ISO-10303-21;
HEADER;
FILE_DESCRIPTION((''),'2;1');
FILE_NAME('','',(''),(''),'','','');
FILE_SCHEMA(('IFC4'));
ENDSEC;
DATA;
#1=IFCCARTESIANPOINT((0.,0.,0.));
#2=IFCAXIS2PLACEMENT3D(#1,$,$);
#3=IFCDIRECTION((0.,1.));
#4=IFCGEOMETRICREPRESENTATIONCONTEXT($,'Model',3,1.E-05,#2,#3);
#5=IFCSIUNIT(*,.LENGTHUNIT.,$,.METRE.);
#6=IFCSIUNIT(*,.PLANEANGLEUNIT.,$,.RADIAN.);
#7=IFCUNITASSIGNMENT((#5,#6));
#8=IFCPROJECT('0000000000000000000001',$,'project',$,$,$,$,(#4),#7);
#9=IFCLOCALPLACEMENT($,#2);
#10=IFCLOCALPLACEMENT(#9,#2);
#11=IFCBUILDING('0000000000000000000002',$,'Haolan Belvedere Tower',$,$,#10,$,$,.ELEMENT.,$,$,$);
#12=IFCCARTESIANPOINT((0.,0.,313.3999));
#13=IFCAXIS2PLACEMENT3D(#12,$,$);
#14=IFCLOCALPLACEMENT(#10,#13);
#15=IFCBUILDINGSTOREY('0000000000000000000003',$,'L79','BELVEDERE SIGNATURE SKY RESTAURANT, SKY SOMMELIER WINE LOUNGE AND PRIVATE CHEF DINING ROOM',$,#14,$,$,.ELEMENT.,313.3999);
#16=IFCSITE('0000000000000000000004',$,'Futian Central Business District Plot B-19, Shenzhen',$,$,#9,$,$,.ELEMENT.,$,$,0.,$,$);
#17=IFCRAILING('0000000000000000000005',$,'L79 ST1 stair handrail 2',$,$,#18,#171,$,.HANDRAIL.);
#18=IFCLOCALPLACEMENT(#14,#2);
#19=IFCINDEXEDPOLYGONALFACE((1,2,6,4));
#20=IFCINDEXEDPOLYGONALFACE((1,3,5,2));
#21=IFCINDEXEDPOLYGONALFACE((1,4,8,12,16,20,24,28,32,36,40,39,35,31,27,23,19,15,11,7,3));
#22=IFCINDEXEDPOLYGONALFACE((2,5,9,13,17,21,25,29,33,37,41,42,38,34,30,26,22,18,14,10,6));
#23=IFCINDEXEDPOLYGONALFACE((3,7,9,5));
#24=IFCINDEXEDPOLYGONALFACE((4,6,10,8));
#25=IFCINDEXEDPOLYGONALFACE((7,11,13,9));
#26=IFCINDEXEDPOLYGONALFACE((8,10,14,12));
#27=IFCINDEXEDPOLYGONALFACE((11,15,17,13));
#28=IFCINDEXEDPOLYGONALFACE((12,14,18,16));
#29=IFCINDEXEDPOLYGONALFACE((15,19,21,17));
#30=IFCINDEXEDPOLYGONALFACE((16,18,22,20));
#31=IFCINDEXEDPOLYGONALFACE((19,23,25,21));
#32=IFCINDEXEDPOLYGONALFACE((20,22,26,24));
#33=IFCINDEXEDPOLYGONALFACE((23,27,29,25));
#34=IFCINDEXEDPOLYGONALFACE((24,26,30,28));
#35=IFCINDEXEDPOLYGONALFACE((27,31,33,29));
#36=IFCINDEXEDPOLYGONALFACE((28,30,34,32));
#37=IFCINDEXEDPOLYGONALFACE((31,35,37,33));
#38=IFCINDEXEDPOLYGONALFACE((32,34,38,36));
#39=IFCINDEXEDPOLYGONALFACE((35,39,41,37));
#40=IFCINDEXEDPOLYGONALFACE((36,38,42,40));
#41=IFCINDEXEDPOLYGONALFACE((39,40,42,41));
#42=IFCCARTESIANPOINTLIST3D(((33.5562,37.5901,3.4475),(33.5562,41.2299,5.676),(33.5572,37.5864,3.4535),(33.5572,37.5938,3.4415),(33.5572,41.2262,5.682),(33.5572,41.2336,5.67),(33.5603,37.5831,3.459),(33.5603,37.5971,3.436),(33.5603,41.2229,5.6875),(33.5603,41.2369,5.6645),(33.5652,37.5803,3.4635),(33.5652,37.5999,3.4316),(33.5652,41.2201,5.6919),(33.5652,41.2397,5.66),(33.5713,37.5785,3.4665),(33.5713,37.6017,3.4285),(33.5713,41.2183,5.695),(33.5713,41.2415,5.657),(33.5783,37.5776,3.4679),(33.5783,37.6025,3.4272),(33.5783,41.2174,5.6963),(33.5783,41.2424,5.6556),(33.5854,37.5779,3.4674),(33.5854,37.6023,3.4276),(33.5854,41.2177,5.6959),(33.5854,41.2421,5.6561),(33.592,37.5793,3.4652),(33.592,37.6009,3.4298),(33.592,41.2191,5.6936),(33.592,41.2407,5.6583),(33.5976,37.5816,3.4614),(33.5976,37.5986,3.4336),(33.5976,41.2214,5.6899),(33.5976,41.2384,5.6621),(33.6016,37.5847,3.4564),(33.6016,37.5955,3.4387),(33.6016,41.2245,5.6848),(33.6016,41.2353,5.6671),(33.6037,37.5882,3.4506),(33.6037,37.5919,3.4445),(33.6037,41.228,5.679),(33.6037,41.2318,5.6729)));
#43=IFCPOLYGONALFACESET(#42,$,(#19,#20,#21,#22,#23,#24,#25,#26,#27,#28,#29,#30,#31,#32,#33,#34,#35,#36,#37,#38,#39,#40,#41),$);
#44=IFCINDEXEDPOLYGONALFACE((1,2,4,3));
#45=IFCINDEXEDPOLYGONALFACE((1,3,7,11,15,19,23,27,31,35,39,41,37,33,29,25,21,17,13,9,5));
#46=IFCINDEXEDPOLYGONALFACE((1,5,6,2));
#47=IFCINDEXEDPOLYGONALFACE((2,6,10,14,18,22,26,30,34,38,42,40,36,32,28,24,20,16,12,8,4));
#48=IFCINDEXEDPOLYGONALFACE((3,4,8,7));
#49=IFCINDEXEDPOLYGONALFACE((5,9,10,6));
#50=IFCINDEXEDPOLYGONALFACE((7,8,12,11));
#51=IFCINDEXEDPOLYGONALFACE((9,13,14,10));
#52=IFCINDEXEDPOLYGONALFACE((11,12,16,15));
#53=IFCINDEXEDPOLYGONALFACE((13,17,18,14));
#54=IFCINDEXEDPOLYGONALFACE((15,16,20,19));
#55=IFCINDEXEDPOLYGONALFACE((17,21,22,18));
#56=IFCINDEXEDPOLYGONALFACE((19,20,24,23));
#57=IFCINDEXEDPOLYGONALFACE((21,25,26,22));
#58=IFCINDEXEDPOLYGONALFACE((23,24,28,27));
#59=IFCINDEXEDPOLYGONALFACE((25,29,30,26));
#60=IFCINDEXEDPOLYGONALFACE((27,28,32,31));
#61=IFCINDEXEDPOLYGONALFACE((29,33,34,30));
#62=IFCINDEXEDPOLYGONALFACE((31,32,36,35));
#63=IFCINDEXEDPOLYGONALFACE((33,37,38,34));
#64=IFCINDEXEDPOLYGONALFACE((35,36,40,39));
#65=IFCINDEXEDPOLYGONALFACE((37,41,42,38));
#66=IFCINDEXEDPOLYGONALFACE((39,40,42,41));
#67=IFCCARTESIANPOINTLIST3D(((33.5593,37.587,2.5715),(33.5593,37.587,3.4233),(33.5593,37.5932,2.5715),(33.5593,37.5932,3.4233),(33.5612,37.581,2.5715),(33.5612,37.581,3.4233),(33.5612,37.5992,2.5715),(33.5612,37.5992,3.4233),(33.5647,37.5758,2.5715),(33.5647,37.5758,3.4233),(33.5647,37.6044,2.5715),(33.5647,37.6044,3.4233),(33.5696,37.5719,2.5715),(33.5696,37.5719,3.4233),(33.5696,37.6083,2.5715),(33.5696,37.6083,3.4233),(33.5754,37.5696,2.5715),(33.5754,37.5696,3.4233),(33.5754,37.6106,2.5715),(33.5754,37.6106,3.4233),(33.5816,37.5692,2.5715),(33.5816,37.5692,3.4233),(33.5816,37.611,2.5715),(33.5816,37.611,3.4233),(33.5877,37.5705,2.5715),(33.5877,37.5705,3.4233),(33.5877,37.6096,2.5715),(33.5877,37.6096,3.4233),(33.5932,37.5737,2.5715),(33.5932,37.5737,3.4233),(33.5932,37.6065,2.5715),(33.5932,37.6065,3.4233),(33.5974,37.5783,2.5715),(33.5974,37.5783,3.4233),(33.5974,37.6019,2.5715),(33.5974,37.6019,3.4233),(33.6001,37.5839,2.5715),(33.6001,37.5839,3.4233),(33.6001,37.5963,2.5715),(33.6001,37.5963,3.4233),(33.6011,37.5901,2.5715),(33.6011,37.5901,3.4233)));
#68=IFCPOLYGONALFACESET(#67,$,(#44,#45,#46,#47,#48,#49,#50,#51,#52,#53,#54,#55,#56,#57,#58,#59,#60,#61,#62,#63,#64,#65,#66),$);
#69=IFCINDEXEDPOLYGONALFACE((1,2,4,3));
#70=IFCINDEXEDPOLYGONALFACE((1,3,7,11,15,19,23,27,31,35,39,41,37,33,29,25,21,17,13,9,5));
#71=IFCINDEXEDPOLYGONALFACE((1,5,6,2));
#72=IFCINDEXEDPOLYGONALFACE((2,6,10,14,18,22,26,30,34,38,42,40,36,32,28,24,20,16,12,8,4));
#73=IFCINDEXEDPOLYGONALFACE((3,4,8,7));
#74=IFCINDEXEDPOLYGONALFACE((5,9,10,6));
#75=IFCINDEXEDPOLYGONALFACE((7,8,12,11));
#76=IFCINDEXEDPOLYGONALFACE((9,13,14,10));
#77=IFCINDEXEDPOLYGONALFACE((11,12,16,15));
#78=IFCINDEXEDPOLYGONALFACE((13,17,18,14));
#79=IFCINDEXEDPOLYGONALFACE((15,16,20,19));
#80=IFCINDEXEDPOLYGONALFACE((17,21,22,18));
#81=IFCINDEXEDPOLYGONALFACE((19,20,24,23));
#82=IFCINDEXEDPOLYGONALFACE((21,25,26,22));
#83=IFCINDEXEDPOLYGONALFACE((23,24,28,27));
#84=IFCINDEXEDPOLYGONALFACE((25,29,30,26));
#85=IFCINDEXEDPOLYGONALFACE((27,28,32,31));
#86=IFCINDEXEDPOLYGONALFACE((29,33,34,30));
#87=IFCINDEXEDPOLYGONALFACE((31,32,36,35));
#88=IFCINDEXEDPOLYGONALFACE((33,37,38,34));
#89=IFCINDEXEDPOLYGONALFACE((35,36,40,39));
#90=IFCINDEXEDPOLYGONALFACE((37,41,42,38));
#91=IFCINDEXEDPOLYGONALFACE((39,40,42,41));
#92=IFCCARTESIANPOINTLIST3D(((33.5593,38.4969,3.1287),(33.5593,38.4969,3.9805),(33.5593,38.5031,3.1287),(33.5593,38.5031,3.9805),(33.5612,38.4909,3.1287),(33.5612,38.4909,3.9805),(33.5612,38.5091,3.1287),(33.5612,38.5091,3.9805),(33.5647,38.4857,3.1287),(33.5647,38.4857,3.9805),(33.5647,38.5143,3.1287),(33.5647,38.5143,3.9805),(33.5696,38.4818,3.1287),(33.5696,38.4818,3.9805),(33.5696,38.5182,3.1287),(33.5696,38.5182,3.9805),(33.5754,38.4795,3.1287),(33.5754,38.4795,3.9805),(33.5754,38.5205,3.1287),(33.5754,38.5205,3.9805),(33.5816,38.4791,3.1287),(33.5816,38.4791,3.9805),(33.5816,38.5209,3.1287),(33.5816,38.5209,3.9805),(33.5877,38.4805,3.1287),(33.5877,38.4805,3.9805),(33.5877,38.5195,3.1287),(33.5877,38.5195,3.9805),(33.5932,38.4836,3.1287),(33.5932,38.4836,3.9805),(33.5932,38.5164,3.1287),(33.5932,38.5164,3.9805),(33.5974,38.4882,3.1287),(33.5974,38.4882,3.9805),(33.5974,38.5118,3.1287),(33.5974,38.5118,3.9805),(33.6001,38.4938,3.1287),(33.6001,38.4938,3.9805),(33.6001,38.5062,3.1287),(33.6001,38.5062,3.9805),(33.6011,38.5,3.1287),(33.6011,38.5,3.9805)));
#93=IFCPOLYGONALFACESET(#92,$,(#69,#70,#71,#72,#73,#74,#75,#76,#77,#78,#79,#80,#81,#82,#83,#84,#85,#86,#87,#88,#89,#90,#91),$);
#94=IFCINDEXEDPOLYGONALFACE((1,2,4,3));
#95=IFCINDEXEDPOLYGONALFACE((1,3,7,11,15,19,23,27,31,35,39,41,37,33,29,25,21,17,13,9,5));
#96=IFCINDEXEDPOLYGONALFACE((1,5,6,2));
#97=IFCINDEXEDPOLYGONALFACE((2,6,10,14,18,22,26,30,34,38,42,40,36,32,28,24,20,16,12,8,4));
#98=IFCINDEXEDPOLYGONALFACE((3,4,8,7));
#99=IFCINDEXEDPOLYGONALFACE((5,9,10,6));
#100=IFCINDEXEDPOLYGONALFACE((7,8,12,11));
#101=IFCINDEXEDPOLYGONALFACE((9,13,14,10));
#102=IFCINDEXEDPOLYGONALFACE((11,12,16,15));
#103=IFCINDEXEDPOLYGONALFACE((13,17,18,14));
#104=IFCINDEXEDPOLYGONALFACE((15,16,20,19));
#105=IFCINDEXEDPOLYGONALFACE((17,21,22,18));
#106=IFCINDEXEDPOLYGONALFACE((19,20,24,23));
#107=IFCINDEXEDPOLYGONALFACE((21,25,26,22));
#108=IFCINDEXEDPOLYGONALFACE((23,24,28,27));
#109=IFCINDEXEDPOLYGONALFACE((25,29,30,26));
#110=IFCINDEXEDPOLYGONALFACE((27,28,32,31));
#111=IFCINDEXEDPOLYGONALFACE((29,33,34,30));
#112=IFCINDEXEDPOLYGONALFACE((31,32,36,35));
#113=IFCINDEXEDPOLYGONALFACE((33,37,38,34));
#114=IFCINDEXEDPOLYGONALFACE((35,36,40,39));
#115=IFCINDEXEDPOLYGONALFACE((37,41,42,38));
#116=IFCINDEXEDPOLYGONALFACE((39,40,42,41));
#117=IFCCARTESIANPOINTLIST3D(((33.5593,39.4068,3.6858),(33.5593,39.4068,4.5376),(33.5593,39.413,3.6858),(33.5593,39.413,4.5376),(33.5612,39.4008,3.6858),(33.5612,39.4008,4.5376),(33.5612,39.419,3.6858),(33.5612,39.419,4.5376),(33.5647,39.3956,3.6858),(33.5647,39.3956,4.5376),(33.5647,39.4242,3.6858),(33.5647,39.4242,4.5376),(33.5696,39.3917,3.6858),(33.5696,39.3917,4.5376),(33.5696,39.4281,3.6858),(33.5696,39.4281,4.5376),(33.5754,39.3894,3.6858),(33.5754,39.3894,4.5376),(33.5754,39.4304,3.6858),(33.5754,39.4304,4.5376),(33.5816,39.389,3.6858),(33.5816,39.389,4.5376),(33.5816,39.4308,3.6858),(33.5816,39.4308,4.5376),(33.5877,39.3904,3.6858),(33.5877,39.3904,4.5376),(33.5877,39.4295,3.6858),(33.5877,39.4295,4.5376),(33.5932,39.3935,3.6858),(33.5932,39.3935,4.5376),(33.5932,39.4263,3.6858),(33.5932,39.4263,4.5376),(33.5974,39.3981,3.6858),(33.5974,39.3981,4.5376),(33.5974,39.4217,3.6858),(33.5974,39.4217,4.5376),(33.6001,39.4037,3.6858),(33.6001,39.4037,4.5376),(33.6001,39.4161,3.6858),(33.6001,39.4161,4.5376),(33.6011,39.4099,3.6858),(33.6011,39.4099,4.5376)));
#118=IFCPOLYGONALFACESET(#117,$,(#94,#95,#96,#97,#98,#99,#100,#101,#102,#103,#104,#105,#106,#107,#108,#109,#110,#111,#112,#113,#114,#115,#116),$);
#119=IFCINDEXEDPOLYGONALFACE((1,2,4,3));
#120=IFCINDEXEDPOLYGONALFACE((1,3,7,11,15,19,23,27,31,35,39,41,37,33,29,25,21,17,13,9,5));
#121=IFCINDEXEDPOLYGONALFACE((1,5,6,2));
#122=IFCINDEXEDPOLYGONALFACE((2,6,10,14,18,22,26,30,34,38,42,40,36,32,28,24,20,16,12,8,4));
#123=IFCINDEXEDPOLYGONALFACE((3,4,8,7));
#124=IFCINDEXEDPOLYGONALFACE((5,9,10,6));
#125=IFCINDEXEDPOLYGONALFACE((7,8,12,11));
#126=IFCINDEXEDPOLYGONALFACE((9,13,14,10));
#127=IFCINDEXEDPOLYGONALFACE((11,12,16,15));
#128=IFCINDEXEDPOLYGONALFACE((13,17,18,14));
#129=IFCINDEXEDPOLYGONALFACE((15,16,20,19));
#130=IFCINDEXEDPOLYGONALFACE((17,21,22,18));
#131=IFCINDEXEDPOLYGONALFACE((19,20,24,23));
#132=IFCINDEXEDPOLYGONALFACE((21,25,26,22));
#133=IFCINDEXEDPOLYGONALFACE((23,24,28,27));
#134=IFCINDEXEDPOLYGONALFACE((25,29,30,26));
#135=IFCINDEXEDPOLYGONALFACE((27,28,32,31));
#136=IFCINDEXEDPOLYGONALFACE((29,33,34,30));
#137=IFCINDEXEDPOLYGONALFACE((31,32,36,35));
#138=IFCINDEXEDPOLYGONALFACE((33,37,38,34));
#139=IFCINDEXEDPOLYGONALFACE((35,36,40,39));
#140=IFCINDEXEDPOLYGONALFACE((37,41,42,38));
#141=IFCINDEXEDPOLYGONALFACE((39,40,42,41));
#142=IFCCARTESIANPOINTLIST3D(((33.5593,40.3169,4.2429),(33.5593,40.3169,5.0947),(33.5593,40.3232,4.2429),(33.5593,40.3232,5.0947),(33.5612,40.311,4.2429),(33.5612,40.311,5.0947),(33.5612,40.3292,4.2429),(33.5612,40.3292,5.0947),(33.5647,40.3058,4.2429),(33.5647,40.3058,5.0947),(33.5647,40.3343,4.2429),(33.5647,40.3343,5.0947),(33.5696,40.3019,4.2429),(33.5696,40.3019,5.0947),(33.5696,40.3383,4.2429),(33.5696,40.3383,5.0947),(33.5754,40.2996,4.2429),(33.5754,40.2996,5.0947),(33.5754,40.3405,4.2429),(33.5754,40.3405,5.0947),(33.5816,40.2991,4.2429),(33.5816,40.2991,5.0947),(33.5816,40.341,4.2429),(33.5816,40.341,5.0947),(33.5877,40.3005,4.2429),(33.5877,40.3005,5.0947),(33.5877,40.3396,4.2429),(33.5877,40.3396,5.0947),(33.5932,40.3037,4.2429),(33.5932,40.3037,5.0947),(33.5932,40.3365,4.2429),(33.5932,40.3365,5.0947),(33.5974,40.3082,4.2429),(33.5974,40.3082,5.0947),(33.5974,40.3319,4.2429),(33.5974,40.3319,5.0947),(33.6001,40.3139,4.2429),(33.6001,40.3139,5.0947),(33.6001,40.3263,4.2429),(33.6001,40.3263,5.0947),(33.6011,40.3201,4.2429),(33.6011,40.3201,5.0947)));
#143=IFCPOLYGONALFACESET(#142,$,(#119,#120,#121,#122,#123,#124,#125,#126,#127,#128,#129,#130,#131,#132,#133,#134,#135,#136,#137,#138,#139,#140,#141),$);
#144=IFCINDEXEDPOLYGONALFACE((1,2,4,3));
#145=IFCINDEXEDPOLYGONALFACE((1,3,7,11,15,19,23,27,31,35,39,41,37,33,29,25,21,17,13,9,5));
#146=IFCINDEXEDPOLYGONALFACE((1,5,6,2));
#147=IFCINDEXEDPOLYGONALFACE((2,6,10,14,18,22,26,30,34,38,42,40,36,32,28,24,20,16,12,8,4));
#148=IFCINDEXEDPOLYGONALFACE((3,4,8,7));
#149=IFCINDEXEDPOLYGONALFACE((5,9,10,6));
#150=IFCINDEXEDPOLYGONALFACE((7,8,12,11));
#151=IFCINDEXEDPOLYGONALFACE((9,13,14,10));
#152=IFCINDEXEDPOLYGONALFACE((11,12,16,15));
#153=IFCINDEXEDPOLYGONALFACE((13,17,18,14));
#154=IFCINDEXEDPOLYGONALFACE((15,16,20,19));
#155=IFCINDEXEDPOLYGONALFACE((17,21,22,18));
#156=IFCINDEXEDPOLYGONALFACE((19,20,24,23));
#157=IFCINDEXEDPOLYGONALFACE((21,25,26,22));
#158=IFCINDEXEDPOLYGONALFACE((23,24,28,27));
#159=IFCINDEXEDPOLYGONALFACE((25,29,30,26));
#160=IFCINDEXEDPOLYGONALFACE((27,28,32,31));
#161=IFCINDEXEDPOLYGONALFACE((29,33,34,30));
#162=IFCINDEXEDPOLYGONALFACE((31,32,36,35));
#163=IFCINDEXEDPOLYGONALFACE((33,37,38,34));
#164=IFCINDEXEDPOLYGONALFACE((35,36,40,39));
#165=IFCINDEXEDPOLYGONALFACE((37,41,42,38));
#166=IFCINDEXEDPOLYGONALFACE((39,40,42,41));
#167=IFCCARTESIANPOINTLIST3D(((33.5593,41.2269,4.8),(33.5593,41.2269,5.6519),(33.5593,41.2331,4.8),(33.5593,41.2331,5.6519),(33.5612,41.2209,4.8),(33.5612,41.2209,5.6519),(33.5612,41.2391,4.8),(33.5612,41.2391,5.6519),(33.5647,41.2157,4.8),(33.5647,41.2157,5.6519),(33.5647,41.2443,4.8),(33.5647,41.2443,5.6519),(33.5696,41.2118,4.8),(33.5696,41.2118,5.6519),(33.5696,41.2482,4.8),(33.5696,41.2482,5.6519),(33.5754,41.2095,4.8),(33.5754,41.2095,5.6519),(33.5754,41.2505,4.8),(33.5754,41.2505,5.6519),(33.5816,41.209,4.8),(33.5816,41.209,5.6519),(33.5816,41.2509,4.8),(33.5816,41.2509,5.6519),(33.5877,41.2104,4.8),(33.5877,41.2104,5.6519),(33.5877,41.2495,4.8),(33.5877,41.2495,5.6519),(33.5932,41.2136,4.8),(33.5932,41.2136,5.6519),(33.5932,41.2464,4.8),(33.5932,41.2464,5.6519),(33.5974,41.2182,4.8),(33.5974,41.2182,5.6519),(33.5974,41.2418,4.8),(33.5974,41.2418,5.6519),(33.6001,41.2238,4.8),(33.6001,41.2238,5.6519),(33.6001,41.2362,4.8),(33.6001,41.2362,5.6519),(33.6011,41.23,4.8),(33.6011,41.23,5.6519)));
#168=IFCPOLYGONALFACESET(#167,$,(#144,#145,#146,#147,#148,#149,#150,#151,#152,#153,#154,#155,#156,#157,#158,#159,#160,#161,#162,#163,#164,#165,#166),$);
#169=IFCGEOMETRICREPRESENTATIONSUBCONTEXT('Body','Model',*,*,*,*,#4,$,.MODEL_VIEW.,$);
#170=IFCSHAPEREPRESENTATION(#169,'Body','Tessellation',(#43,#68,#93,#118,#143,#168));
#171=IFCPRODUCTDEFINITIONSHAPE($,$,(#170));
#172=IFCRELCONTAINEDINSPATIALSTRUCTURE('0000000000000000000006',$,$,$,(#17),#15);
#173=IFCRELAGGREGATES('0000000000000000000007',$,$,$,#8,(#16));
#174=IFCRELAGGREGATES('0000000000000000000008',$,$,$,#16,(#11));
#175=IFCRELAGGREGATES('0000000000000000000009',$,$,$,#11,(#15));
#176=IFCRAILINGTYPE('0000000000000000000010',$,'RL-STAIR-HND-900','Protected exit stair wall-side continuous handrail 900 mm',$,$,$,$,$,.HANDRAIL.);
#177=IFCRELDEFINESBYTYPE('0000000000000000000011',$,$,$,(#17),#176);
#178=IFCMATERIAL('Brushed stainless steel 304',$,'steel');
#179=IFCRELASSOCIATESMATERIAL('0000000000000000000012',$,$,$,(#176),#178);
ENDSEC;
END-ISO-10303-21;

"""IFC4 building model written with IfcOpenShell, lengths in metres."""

from ifc_helpers import new_model, si_unit, direction, frame, origin, origin_2d, place, context, subcontext, project, spatial, circle, extrude, material, type_object, element, save


model = new_model("IFC4")

# Units and contexts
model_context = context("Model", 3, precision=1e-05, world=origin(), true_north=direction((0.0, 1.0)))
body_context = subcontext(model_context, "Body", "Model", "MODEL_VIEW")
ifc_project = project(units=[si_unit("LENGTHUNIT", "METRE"), si_unit("PLANEANGLEUNIT", "RADIAN")], contexts=[model_context])

# Site, building, storey
site_placement = place(None, origin())
site = spatial("IfcSite", under=ifc_project, at=site_placement, Name="Futian Central Business District Plot B-19, Shenzhen", CompositionType="ELEMENT", RefElevation=0.0)
building_placement = place(site_placement, origin())
building = spatial("IfcBuilding", under=site, at=building_placement, Name="Haolan Belvedere Tower", CompositionType="ELEMENT")
storey_placement = place(building_placement, frame((0.0, 0.0, 313.3999)))
storey = spatial("IfcBuildingStorey", under=building, at=storey_placement, Name="L79", Description="BELVEDERE SIGNATURE SKY RESTAURANT, SKY SOMMELIER WINE LOUNGE AND PRIVATE CHEF DINING ROOM", CompositionType="ELEMENT", Elevation=313.3999)

# Railing
ifc_material_1 = material(Name="Brushed stainless steel 304", Category="steel")
railing_type_1 = type_object("IfcRailingType", Name="RL-STAIR-HND-900", Description="Protected exit stair wall-side continuous handrail 900 mm", PredefinedType="HANDRAIL", material=ifc_material_1)
railing_1_placement = place(storey_placement, frame((33.5801, 37.5901, 2.5715)))
element("IfcRailing", 1, at=railing_1_placement, inside=storey, type_object=railing_type_1, Name="L79 ST1 stair handrail 2", PredefinedType="HANDRAIL", context=body_context, shape_type="SweptSolid", body=[
    extrude(circle(Radius=0.0239, at=origin_2d()), frame((0.0, 0.0, 0.876), z_axis=(0.0, 0.85285, 0.522156), x_axis=(-1.0, 0.0, 0.0)), (0.0, 0.0, 1.0), 4.2678),
    extrude(circle(Radius=0.021, at=origin_2d()), origin(), (0.0, 0.0, 1.0), 0.8518),
    extrude(circle(Radius=0.021, at=origin_2d()), frame((0.0, 0.9099, 0.5571)), (0.0, 0.0, 1.0), 0.8518),
    extrude(circle(Radius=0.021, at=origin_2d()), frame((0.0, 1.8198, 1.1143)), (0.0, 0.0, 1.0), 0.8518),
    extrude(circle(Radius=0.021, at=origin_2d()), frame((0.0, 2.73, 1.6714)), (0.0, 0.0, 1.0), 0.8518),
    extrude(circle(Radius=0.021, at=origin_2d()), frame((0.0, 3.6399, 2.2285)), (0.0, 0.0, 1.0), 0.8518),
])

save(model, "model.ifc")
